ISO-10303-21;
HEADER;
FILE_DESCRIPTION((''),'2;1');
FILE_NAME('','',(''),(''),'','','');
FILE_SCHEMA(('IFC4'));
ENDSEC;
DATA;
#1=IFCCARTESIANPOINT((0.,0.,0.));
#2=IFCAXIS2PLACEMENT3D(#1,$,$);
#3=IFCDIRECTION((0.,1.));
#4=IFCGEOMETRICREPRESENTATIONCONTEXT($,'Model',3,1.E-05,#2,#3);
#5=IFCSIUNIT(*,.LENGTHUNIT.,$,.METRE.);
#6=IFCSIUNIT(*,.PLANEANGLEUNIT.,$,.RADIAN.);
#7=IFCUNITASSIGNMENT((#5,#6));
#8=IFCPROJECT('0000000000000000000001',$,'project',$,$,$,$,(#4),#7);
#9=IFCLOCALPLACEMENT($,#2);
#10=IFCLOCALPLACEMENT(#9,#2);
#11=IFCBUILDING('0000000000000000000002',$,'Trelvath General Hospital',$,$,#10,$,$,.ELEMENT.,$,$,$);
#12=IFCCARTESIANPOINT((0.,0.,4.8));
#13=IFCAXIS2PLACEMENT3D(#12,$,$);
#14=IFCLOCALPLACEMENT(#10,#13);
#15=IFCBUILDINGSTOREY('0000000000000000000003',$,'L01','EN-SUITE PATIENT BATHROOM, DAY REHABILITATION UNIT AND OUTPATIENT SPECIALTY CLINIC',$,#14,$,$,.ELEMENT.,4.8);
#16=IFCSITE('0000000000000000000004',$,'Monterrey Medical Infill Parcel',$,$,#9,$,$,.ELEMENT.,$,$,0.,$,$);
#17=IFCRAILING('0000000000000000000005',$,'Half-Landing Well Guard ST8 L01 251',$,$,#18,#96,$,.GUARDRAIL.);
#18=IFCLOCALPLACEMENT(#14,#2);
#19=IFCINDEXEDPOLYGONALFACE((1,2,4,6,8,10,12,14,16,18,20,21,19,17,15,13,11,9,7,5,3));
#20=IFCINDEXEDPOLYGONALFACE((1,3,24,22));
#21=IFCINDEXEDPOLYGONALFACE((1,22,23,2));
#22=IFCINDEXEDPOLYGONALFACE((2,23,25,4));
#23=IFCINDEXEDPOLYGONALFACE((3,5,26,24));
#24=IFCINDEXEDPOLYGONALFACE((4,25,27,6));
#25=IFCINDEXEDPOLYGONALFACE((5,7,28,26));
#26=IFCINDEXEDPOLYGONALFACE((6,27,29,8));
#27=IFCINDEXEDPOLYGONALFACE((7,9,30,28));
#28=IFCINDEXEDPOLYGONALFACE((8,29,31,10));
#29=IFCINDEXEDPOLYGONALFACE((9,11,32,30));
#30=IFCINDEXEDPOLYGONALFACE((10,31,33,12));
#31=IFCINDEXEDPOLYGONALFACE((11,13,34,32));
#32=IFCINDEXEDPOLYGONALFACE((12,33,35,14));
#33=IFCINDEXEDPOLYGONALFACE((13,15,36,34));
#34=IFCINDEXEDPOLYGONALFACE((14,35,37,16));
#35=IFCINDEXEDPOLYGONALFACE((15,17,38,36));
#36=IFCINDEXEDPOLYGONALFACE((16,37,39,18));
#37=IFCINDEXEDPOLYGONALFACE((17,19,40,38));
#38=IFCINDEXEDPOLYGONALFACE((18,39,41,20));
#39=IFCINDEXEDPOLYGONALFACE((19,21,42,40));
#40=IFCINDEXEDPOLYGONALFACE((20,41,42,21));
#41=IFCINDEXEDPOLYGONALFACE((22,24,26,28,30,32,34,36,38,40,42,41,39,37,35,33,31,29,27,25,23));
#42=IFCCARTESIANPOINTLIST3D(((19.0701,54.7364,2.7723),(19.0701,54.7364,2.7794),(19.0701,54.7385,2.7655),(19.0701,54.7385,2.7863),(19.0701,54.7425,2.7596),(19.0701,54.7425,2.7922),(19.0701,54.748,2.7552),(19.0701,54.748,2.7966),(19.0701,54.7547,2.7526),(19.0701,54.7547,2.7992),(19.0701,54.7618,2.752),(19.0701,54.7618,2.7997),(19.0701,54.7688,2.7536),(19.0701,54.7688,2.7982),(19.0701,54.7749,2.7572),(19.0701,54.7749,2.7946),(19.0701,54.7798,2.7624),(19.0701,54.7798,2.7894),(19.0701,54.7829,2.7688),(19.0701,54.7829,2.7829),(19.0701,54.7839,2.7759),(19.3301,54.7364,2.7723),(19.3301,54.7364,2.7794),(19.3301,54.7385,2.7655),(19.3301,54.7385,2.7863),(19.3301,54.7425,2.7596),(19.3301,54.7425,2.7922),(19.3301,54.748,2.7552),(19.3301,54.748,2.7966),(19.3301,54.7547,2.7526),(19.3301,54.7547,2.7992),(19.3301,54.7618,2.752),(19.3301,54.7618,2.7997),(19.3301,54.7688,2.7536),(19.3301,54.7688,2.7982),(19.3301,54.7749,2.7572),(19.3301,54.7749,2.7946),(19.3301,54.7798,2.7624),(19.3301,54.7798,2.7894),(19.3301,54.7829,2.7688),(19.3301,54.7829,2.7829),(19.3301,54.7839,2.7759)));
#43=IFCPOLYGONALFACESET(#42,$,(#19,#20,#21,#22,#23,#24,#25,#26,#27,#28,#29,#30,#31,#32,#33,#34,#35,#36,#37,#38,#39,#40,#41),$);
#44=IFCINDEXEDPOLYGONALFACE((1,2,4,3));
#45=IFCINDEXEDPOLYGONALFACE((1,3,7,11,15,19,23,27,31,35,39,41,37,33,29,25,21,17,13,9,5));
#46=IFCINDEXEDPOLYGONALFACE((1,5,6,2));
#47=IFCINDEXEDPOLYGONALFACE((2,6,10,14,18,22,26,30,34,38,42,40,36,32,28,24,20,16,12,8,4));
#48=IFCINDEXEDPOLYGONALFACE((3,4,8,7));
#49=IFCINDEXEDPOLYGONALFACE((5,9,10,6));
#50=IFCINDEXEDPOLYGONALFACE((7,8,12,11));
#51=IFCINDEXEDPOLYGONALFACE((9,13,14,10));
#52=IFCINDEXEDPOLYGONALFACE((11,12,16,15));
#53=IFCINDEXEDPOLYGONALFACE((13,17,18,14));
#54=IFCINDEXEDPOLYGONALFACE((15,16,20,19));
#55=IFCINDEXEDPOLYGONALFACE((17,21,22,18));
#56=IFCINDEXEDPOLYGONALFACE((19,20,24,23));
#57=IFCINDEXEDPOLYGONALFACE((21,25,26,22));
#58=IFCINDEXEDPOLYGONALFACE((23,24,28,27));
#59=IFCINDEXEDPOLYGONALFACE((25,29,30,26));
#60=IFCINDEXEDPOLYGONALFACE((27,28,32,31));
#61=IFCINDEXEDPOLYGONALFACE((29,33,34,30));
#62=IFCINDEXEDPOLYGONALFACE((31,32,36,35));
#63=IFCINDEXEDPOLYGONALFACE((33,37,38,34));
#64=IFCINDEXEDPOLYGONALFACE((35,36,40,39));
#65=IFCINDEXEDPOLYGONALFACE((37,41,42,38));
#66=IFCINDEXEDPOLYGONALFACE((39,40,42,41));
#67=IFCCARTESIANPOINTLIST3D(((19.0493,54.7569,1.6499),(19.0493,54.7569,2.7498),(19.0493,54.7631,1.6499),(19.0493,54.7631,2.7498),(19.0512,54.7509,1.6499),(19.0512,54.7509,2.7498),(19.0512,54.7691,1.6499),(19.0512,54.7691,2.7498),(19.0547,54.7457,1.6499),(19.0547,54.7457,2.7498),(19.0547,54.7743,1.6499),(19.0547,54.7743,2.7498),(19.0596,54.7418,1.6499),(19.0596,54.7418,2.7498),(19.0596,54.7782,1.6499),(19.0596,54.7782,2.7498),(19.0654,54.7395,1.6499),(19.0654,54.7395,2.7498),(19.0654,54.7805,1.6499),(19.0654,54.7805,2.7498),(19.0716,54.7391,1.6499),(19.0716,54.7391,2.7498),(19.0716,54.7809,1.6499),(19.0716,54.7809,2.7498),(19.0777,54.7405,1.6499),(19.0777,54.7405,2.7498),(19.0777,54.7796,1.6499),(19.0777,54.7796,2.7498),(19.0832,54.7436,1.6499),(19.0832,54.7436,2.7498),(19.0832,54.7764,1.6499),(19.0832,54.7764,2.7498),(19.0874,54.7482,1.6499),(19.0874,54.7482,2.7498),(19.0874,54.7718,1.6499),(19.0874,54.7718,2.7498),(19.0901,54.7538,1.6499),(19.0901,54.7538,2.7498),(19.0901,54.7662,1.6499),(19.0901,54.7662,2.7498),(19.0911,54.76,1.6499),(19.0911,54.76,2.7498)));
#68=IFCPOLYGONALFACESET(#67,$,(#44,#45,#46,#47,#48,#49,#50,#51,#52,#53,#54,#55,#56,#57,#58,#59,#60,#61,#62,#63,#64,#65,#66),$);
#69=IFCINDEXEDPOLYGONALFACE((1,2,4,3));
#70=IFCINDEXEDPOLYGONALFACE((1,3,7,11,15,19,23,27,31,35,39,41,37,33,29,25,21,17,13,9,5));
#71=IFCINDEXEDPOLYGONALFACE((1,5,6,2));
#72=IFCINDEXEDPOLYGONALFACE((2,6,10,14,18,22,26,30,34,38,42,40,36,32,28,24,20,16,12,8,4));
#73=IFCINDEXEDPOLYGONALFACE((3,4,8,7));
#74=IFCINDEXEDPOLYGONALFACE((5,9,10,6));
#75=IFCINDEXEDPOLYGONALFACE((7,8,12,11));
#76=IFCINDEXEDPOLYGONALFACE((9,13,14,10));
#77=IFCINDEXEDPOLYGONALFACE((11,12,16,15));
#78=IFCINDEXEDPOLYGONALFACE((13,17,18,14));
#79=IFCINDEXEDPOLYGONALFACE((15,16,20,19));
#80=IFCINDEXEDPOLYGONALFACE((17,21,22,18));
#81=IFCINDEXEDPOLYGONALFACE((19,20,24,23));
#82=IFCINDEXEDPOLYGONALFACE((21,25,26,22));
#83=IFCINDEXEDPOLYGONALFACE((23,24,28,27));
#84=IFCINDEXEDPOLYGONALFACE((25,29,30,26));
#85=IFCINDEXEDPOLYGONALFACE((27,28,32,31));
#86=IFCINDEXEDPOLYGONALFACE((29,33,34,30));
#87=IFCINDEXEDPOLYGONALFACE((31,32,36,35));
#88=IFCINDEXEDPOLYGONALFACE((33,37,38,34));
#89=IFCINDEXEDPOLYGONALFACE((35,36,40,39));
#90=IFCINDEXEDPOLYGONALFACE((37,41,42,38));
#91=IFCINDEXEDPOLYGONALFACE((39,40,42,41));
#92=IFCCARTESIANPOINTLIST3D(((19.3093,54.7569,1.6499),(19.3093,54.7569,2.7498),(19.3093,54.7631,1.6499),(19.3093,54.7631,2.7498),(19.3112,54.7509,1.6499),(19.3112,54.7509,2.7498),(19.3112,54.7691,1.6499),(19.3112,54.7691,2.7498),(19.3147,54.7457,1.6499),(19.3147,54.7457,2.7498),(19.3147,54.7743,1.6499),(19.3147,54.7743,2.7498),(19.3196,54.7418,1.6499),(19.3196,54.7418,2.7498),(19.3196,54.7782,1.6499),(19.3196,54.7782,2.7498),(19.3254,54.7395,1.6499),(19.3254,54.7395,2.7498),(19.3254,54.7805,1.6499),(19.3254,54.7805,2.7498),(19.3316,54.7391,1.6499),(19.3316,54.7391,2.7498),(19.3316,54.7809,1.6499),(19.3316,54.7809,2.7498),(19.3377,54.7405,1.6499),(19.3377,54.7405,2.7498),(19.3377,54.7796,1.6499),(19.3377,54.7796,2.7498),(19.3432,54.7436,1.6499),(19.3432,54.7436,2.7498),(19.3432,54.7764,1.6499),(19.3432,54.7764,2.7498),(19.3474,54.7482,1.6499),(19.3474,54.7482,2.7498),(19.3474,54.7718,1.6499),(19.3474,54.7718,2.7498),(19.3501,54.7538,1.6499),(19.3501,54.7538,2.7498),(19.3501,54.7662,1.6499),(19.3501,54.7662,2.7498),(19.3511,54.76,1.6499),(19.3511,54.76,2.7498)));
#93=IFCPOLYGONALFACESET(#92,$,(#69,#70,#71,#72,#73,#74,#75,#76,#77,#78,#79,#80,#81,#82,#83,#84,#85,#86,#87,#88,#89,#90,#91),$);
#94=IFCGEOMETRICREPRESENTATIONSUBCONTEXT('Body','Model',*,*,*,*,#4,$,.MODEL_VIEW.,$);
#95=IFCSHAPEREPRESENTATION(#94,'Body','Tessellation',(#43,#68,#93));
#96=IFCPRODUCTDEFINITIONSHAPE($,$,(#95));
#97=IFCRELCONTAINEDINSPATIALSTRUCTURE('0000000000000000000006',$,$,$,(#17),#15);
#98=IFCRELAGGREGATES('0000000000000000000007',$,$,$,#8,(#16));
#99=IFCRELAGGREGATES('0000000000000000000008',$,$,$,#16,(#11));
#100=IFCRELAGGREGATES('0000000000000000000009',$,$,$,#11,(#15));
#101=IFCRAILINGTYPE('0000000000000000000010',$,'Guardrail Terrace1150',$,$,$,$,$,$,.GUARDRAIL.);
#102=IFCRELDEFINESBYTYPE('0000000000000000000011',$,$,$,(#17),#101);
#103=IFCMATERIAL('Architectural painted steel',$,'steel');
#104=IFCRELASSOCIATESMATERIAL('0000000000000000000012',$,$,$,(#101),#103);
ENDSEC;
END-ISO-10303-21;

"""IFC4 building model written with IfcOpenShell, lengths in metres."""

from ifc_helpers import new_model, si_unit, direction, frame, origin, origin_2d, place, context, subcontext, project, spatial, circle, extrude, material, type_object, element, save


model = new_model("IFC4")

# Units and contexts
model_context = context("Model", 3, precision=1e-05, world=origin(), true_north=direction((0.0, 1.0)))
body_context = subcontext(model_context, "Body", "Model", "MODEL_VIEW")
ifc_project = project(units=[si_unit("LENGTHUNIT", "METRE"), si_unit("PLANEANGLEUNIT", "RADIAN")], contexts=[model_context])

# Site, building, storey
site_placement = place(None, origin())
site = spatial("IfcSite", under=ifc_project, at=site_placement, Name="Monterrey Medical Infill Parcel", CompositionType="ELEMENT", RefElevation=0.0)
building_placement = place(site_placement, origin())
building = spatial("IfcBuilding", under=site, at=building_placement, Name="Trelvath General Hospital", CompositionType="ELEMENT")
storey_placement = place(building_placement, frame((0.0, 0.0, 4.8)))
storey = spatial("IfcBuildingStorey", under=building, at=storey_placement, Name="L01", Description="EN-SUITE PATIENT BATHROOM, DAY REHABILITATION UNIT AND OUTPATIENT SPECIALTY CLINIC", CompositionType="ELEMENT", Elevation=4.8)

# Railing
ifc_material_1 = material(Name="Architectural painted steel", Category="steel")
railing_type_1 = type_object("IfcRailingType", Name="Guardrail Terrace1150", PredefinedType="GUARDRAIL", material=ifc_material_1)
railing_1_placement = place(storey_placement, frame((19.0701, 54.76, 1.6499)))
element("IfcRailing", 1, at=railing_1_placement, inside=storey, type_object=railing_type_1, Name="Half-Landing Well Guard ST8 L01 251", PredefinedType="GUARDRAIL", context=body_context, shape_type="SweptSolid", body=[
    extrude(circle(Radius=0.0239, at=origin_2d()), frame((0.0, 0.0, 1.126), z_axis=(1.0, 0.0, 0.0), x_axis=(0.0, 1.0, 0.0)), (0.0, 0.0, 1.0), 0.26),
    extrude(circle(Radius=0.021, at=origin_2d()), origin(), (0.0, 0.0, 1.0), 1.0999),
    extrude(circle(Radius=0.021, at=origin_2d()), frame((0.26, 0.0, 0.0)), (0.0, 0.0, 1.0), 1.0999),
])

save(model, "model.ifc")
